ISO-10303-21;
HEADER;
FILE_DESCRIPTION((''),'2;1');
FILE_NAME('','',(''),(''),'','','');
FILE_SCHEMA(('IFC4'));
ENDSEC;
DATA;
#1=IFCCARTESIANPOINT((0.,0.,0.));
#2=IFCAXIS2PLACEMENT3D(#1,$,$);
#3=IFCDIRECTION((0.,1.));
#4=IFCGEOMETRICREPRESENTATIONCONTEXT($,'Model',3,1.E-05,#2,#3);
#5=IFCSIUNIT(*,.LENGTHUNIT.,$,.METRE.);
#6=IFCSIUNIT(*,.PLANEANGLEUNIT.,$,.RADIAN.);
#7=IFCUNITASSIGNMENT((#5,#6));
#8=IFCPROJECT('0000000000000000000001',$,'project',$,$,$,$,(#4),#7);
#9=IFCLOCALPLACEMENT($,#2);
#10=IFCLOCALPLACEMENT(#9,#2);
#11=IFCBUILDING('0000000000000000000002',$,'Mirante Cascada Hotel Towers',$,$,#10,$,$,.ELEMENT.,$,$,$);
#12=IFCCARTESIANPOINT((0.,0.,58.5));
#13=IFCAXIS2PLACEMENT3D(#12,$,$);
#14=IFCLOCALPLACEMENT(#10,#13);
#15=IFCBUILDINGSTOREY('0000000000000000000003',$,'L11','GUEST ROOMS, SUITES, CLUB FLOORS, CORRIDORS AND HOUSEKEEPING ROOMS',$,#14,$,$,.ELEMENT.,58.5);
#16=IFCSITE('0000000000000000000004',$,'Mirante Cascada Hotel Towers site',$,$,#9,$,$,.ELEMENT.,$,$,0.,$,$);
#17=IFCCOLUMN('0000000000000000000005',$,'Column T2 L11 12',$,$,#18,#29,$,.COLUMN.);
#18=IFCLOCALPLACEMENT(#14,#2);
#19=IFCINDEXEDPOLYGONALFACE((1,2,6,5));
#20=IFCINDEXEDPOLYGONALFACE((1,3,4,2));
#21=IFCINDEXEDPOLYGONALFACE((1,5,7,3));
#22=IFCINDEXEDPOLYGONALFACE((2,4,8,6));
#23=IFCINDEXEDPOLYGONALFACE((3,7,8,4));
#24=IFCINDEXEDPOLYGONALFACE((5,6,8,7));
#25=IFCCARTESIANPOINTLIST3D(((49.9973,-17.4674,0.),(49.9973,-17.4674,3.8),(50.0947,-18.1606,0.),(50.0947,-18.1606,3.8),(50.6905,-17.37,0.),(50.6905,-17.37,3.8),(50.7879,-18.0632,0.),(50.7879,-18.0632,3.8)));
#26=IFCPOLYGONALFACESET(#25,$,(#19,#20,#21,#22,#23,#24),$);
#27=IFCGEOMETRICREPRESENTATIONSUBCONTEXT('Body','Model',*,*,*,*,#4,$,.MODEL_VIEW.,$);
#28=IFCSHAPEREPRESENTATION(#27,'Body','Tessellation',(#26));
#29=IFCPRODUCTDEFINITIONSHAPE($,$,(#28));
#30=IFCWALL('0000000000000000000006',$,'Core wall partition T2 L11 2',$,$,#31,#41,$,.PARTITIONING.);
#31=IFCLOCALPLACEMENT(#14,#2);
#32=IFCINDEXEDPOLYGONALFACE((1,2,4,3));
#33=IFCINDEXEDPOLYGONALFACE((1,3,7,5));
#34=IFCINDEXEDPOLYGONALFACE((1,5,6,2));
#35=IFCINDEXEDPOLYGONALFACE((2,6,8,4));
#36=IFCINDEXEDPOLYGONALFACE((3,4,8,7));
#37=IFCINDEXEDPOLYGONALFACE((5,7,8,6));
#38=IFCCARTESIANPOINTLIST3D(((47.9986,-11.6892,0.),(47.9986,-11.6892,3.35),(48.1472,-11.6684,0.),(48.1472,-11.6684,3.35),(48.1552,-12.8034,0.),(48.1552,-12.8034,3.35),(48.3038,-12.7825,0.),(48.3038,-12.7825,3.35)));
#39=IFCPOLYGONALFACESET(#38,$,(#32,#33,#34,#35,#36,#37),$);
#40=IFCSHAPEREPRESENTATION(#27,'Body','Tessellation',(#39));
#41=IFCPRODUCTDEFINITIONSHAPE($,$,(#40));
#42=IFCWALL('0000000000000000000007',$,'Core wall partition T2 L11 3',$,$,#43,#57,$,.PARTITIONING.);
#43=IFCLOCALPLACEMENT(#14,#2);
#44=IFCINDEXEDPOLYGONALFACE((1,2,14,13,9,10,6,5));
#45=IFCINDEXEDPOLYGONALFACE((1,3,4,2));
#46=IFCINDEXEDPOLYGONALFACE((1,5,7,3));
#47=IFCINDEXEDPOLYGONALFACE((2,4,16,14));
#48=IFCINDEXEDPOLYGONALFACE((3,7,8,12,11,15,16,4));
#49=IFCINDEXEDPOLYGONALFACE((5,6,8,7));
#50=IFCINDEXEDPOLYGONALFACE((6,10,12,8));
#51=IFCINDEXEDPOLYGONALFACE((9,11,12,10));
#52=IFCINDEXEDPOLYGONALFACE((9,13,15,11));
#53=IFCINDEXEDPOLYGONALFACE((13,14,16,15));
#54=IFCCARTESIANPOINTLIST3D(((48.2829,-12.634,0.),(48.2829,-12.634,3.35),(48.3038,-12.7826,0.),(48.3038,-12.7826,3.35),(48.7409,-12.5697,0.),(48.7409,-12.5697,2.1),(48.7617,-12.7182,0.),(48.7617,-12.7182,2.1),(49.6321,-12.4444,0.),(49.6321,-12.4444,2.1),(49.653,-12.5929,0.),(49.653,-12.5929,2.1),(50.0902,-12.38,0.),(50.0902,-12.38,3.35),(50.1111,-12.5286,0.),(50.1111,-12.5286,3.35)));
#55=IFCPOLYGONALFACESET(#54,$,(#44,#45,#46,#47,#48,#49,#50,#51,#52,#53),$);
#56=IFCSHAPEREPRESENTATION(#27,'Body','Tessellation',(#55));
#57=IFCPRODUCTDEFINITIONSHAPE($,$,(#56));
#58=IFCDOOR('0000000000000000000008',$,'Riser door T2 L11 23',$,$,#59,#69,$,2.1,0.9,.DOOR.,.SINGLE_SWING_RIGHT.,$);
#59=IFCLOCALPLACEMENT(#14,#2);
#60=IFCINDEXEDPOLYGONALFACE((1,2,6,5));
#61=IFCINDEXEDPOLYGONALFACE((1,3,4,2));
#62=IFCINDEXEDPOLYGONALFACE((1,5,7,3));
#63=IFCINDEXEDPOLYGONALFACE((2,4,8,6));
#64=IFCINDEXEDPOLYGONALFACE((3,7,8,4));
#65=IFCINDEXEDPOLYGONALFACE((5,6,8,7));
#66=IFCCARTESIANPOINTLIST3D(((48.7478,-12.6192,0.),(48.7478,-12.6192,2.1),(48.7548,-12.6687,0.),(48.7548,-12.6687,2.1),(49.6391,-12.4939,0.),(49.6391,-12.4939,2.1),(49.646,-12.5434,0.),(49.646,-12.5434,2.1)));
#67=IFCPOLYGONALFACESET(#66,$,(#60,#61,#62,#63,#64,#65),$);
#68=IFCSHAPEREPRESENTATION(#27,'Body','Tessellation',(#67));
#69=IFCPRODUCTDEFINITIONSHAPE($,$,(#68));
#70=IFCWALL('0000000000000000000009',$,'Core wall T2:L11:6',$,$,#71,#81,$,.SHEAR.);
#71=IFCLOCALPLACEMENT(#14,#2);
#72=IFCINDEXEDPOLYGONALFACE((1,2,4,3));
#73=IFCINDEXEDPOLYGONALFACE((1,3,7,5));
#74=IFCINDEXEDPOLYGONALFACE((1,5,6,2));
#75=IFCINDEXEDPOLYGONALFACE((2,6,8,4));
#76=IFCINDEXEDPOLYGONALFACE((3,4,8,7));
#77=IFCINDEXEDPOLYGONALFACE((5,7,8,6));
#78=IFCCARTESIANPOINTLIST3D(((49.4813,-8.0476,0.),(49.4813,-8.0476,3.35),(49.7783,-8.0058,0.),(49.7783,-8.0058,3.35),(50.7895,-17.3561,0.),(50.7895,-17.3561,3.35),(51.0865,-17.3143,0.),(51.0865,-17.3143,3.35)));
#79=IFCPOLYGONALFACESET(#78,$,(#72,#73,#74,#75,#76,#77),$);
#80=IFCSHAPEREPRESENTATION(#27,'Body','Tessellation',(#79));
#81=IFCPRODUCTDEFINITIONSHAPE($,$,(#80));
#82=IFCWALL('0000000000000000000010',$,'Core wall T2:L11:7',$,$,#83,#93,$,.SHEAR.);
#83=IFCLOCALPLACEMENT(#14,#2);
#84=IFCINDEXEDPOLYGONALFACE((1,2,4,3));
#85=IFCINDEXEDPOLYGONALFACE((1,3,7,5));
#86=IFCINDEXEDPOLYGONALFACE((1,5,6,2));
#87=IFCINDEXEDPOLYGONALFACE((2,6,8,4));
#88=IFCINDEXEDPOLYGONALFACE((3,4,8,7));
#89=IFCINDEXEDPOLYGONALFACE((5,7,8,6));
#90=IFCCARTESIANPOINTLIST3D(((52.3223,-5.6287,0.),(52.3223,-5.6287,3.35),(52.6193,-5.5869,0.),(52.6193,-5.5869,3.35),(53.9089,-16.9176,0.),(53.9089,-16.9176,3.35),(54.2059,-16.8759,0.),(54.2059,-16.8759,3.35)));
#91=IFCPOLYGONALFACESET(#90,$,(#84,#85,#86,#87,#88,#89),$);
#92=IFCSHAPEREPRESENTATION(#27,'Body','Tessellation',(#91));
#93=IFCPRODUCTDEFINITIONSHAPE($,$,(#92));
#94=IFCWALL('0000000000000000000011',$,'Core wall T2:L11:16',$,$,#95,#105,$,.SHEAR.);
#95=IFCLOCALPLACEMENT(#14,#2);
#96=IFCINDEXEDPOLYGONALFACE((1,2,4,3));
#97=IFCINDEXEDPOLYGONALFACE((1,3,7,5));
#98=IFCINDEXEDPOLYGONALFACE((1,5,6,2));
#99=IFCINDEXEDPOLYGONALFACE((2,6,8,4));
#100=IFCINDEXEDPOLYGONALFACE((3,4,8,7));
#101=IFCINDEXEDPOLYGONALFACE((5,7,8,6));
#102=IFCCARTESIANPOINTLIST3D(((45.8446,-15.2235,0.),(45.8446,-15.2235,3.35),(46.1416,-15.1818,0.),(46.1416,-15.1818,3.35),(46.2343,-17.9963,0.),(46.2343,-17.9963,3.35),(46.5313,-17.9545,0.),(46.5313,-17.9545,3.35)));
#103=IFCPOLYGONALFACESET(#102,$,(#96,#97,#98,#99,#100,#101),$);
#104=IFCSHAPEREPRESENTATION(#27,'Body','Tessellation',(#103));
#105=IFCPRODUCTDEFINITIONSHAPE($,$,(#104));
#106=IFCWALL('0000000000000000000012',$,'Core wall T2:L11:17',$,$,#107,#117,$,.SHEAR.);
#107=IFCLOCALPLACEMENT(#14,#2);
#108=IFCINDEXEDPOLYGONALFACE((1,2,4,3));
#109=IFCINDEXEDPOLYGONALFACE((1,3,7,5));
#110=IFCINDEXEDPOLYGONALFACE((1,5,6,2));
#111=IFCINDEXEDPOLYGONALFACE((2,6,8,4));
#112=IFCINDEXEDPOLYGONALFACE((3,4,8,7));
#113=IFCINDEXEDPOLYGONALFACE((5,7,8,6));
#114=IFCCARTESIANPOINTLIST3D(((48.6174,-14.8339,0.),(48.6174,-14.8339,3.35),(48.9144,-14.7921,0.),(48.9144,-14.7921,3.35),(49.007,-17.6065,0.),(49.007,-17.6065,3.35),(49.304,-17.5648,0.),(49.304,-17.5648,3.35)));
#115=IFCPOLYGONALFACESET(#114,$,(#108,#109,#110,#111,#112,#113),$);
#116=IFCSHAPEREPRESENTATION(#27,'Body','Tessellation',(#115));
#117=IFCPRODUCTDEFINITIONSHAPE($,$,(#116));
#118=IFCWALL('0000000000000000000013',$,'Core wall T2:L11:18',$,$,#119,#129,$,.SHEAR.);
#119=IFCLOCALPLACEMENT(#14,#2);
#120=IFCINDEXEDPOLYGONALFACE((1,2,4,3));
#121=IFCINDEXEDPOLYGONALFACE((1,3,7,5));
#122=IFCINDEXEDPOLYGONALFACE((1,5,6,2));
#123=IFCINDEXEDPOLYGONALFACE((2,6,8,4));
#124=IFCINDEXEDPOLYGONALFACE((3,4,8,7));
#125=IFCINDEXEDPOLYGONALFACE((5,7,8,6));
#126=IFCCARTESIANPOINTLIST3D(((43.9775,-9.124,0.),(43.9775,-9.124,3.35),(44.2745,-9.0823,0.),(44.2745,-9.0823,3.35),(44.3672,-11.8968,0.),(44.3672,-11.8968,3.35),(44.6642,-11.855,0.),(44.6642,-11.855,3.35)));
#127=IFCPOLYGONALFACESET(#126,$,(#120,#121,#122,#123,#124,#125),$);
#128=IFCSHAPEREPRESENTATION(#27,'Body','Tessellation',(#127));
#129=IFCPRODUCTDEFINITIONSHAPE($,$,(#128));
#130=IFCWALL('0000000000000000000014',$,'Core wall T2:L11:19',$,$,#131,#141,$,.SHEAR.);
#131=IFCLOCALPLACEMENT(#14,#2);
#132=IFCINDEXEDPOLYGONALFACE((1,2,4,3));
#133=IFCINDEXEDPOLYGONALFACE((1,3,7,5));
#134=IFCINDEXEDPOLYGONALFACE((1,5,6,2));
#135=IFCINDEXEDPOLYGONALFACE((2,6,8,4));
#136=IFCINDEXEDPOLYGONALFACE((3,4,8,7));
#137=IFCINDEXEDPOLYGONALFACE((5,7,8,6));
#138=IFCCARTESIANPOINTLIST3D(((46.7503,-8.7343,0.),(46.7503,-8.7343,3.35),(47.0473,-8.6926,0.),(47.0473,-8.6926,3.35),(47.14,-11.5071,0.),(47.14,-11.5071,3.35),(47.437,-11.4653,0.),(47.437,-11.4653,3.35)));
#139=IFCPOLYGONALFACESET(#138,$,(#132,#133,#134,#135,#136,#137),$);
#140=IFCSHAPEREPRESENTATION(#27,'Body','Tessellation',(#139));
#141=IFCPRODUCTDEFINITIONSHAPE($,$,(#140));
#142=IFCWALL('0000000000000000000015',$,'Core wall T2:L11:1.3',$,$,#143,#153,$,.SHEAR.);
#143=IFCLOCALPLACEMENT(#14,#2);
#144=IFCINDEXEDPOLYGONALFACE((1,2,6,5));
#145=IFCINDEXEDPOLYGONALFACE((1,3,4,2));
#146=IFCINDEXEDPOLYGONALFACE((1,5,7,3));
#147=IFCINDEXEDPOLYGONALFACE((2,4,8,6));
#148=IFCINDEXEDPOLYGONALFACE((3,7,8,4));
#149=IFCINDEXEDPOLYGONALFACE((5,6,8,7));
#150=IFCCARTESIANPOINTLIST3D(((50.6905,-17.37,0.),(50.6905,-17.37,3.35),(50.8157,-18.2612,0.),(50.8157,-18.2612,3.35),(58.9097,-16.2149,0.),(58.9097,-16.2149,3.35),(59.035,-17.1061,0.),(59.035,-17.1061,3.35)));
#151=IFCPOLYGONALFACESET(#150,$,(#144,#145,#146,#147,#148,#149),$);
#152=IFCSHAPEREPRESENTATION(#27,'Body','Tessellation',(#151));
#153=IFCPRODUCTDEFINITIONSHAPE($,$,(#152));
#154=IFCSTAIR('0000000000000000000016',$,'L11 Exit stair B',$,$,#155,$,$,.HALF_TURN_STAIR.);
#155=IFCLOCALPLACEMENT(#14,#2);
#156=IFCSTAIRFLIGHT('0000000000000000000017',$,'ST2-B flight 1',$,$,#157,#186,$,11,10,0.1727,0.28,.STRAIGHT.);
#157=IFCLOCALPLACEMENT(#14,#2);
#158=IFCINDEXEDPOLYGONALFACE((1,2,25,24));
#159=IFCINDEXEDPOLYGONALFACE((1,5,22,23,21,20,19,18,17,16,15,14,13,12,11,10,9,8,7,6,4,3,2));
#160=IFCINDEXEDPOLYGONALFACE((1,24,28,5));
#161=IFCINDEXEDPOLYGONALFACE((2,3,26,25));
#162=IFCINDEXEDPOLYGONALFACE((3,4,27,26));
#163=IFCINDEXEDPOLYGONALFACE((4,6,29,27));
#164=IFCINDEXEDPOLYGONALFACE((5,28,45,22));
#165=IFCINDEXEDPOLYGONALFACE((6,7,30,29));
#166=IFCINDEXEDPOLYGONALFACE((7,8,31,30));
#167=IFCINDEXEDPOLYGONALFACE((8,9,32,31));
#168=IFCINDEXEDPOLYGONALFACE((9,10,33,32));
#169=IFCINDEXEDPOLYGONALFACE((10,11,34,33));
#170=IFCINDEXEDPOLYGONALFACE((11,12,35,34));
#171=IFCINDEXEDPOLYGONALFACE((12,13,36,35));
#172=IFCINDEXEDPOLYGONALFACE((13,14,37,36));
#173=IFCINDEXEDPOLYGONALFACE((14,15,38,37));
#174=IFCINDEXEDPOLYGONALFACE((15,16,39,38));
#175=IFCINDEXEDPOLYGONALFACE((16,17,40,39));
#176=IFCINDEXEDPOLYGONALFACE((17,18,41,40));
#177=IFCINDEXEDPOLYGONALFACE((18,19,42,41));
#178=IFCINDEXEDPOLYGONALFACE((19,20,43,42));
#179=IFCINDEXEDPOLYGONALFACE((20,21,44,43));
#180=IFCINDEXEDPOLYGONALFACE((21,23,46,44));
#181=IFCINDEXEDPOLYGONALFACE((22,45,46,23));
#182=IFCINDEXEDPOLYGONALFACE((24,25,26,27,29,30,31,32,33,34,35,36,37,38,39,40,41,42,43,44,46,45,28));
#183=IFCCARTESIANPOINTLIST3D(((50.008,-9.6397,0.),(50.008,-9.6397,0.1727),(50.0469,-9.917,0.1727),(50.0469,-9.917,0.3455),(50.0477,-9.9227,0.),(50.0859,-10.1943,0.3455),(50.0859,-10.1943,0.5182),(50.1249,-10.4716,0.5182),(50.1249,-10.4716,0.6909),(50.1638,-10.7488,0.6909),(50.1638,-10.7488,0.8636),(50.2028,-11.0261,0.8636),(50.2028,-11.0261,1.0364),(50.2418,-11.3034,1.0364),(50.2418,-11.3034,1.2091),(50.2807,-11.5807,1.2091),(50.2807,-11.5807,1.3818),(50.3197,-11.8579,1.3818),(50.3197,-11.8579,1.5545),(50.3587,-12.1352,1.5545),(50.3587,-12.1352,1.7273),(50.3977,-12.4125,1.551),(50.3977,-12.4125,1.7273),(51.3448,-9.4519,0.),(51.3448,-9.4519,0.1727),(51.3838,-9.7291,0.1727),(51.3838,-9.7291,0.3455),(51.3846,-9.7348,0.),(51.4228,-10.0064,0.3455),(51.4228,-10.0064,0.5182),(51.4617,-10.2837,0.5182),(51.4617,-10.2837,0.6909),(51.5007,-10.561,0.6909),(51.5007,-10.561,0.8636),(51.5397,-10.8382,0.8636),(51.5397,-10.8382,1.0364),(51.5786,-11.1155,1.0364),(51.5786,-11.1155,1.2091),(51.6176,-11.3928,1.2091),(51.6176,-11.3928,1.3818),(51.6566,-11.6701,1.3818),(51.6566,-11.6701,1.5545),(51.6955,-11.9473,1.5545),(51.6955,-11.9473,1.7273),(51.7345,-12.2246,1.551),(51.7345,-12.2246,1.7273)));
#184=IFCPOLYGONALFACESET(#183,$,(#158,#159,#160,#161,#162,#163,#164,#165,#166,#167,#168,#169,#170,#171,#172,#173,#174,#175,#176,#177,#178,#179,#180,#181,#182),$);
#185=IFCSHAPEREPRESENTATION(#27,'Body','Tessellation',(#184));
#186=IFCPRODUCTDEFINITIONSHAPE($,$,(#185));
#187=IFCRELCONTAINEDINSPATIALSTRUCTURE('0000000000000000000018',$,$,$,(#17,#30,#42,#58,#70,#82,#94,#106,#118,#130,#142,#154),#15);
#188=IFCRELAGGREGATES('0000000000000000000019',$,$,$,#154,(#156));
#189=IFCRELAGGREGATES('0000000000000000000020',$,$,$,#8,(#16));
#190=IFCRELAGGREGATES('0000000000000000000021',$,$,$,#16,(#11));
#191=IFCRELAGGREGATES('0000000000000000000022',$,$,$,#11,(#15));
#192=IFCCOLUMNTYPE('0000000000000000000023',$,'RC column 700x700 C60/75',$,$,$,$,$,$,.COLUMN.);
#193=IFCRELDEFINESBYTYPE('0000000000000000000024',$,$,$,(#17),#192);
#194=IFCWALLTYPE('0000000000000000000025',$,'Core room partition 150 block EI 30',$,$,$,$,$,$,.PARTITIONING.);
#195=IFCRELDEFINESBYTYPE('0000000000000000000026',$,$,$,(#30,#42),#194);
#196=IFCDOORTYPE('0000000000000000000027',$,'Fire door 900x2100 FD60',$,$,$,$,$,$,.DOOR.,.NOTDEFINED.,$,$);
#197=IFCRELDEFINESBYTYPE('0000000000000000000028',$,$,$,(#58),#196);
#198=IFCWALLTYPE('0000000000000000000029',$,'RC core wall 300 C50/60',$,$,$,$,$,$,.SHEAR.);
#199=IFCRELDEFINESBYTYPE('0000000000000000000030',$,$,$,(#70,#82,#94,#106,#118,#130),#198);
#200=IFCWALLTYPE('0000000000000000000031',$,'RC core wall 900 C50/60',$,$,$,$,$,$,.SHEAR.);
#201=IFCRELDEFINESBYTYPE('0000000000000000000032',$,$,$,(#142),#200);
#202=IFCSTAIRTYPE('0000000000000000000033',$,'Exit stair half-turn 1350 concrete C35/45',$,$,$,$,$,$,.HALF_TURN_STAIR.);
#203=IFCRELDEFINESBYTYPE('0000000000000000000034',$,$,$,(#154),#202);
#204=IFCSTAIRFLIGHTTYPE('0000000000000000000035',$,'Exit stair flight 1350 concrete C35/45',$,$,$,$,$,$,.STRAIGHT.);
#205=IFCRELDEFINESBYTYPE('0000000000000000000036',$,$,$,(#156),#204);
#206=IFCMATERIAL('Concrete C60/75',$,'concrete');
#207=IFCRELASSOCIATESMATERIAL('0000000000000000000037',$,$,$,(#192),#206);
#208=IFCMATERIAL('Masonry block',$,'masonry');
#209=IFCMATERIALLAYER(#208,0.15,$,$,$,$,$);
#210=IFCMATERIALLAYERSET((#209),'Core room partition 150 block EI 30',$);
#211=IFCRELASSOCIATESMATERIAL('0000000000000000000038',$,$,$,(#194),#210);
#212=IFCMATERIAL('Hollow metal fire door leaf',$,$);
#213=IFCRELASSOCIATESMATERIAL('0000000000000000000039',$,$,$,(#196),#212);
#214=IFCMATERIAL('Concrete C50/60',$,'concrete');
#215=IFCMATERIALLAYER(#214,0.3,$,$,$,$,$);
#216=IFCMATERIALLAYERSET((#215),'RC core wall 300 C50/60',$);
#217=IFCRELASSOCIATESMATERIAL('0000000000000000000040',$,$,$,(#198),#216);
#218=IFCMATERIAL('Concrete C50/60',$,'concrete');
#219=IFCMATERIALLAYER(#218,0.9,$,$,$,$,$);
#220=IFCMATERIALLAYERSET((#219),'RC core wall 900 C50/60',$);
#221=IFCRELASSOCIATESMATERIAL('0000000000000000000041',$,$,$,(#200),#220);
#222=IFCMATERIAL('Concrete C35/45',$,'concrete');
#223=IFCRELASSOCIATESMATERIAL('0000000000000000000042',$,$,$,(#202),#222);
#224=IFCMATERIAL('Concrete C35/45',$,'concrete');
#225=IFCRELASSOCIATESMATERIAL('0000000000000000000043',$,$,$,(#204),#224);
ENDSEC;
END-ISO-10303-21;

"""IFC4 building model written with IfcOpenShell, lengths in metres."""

from ifc_helpers import new_model, si_unit, direction, frame, frame_2d, origin, origin_2d, place, context, subcontext, project, spatial, polyline, rectangle, outline, extrude, material, layer, layer_set, material_profile, profile_set, type_object, element, fill, aggregate, save


model = new_model("IFC4")

# Units and contexts
model_context = context("Model", 3, precision=1e-05, world=origin(), true_north=direction((0.0, 1.0)))
body_context = subcontext(model_context, "Body", "Model", "MODEL_VIEW")
ifc_project = project(units=[si_unit("LENGTHUNIT", "METRE"), si_unit("PLANEANGLEUNIT", "RADIAN")], contexts=[model_context])

# Site, building, storey
site_placement = place(None, origin())
site = spatial("IfcSite", under=ifc_project, at=site_placement, Name="Mirante Cascada Hotel Towers site", CompositionType="ELEMENT", RefElevation=0.0)
building_placement = place(site_placement, origin())
building = spatial("IfcBuilding", under=site, at=building_placement, Name="Mirante Cascada Hotel Towers", CompositionType="ELEMENT")
storey_placement = place(building_placement, frame((0.0, 0.0, 58.5)))
storey = spatial("IfcBuildingStorey", under=building, at=storey_placement, Name="L11", Description="GUEST ROOMS, SUITES, CLUB FLOORS, CORRIDORS AND HOUSEKEEPING ROOMS", CompositionType="ELEMENT", Elevation=58.5)

# Column
ifc_material_1 = material(Name="Concrete C60/75", Category="concrete")
ifc_material_profile = material_profile(ifc_material_1, rectangle(XDim=0.7, YDim=0.7, at=origin_2d()), Name="RC column 700x700 C60/75")
ifc_profile_set = profile_set([ifc_material_profile], Name="Concrete C60/75")
column_type = type_object("IfcColumnType", Name="RC column 700x700 C60/75", PredefinedType="COLUMN", material=ifc_profile_set)
column_placement = place(storey_placement, frame((50.3926, -17.7653, 0.0), z_axis=(0.0, 0.0, 1.0), x_axis=(0.990268, 0.139173, 0.0)))
element("IfcColumn", 1, at=column_placement, inside=storey, type_object=column_type, Name="Column T2 L11 12", PredefinedType="COLUMN", context=body_context, shape_type="SweptSolid", body=[
    extrude(rectangle(XDim=0.7, YDim=0.7, at=origin_2d()), origin(), (0.0, 0.0, 1.0), 3.8),
])

# Wall
ifc_material_2 = material(Name="Masonry block", Category="masonry")
ifc_layer_1 = layer(ifc_material_2, 0.15)
ifc_layer_set_1 = layer_set([ifc_layer_1], Name="Core room partition 150 block EI 30")
wall_type_1 = type_object("IfcWallType", Name="Core room partition 150 block EI 30", PredefinedType="PARTITIONING", material=ifc_layer_set_1)
wall_1_placement = place(storey_placement, frame((48.2295, -12.793, 0.0), z_axis=(0.0, 0.0, 1.0), x_axis=(-0.139193, 0.990265, 0.0)))
element("IfcWall", 2, at=wall_1_placement, inside=storey, type_object=wall_type_1, Name="Core wall partition T2 L11 2", PredefinedType="PARTITIONING", context=body_context, shape_type="SweptSolid", body=[
    extrude(rectangle(XDim=1.1251, YDim=0.15, at=frame_2d((0.5626, 0.0))), origin(), (0.0, 0.0, 1.0), 3.35),
])

# Wall, opening, door
wall_2_placement = place(storey_placement, frame((48.2933, -12.7083, 0.0), z_axis=(0.0, 0.0, 1.0), x_axis=(0.990268, 0.139173, 0.0)))
wall_2 = element("IfcWall", 3, at=wall_2_placement, inside=storey, type_object=wall_type_1, Name="Core wall partition T2 L11 3", PredefinedType="PARTITIONING", context=body_context, shape_type="SweptSolid", body=[
    extrude(rectangle(XDim=1.8251, YDim=0.15, at=frame_2d((0.9126, 0.0))), origin(), (0.0, 0.0, 1.0), 3.35),
])
opening_1_placement = place(wall_2_placement, frame((0.4625, 0.0, 0.0)))
opening_1 = element("IfcOpeningElement", 4, at=opening_1_placement, cuts=wall_2, PredefinedType="OPENING", context=body_context, shape_type="SweptSolid", body=[
    extrude(rectangle(XDim=0.9, YDim=2.1, at=frame_2d((0.45, 1.05))), frame((0.0, 0.075, 0.0), z_axis=(0.0, -1.0, 0.0), x_axis=(1.0, 0.0, 0.0)), (0.0, 0.0, 1.0), 0.15),
])
ifc_material_3 = material(Name="Hollow metal fire door leaf")
door_type_1 = type_object("IfcDoorType", Name="Fire door 900x2100 FD60", OperationType="NOTDEFINED", PredefinedType="DOOR", material=ifc_material_3)
door_1_placement = place(opening_1_placement, frame((0.9, 0.0, 0.0), z_axis=(0.0, 0.0, 1.0), x_axis=(-1.0, 0.0, 0.0)))
door_1 = element("IfcDoor", 5, at=door_1_placement, inside=storey, type_object=door_type_1, Name="Riser door T2 L11 23", OperationType="SINGLE_SWING_RIGHT", OverallHeight=2.1, OverallWidth=0.9, PredefinedType="DOOR", context=body_context, shape_type="SweptSolid", body=[
    extrude(rectangle(XDim=0.9, YDim=2.1, at=frame_2d((0.45, 1.05))), frame((0.0, 0.025, 0.0), z_axis=(0.0, -1.0, 0.0), x_axis=(1.0, 0.0, 0.0)), (0.0, 0.0, 1.0), 0.05),
])
fill(opening_1, door_1)

# Walls
ifc_material_4 = material(Name="Concrete C50/60", Category="concrete")
ifc_layer_2 = layer(ifc_material_4, 0.3)
ifc_layer_set_2 = layer_set([ifc_layer_2], Name="RC core wall 300 C50/60")
wall_type_2 = type_object("IfcWallType", Name="RC core wall 300 C50/60", PredefinedType="SHEAR", material=ifc_layer_set_2)
wall_3_placement = place(storey_placement, frame((50.938, -17.3352, 0.0), z_axis=(0.0, 0.0, 1.0), x_axis=(-0.139171, 0.990268, 0.0)))
element("IfcWall", 6, at=wall_3_placement, inside=storey, type_object=wall_type_2, Name="Core wall T2:L11:6", PredefinedType="SHEAR", context=body_context, shape_type="SweptSolid", body=[
    extrude(rectangle(XDim=9.4, YDim=0.3, at=frame_2d((4.7, 0.0))), origin(), (0.0, 0.0, 1.0), 3.35),
])
wall_4_placement = place(storey_placement, frame((54.0574, -16.8968, 0.0), z_axis=(0.0, 0.0, 1.0), x_axis=(-0.139176, 0.990268, 0.0)))
element("IfcWall", 7, at=wall_4_placement, inside=storey, type_object=wall_type_2, Name="Core wall T2:L11:7", PredefinedType="SHEAR", context=body_context, shape_type="SweptSolid", body=[
    extrude(rectangle(XDim=11.3999, YDim=0.3, at=frame_2d((5.7, 0.0))), origin(), (0.0, 0.0, 1.0), 3.35),
])
wall_5_placement = place(storey_placement, frame((46.3828, -17.9754, 0.0), z_axis=(0.0, 0.0, 1.0), x_axis=(-0.139181, 0.990267, 0.0)))
element("IfcWall", 8, at=wall_5_placement, inside=storey, type_object=wall_type_2, Name="Core wall T2:L11:16", PredefinedType="SHEAR", context=body_context, shape_type="SweptSolid", body=[
    extrude(rectangle(XDim=2.8, YDim=0.3, at=frame_2d((1.4, 0.0))), origin(), (0.0, 0.0, 1.0), 3.35),
])
wall_6_placement = place(storey_placement, frame((49.1555, -17.5857, 0.0), z_axis=(0.0, 0.0, 1.0), x_axis=(-0.139146, 0.990272, 0.0)))
element("IfcWall", 9, at=wall_6_placement, inside=storey, type_object=wall_type_2, Name="Core wall T2:L11:17", PredefinedType="SHEAR", context=body_context, shape_type="SweptSolid", body=[
    extrude(rectangle(XDim=2.7999, YDim=0.3, at=frame_2d((1.4, 0.0))), origin(), (0.0, 0.0, 1.0), 3.35),
])
for number, where, z_axis, x_axis, name in (
    (10, (44.5157, -11.8759, 0.0), (0.0, 0.0, 1.0), (-0.139181, 0.990267, 0.0), "Core wall T2:L11:18"),
    (11, (47.2885, -11.4862, 0.0), (0.0, 0.0, 1.0), (-0.139181, 0.990267, 0.0), "Core wall T2:L11:19"),
):
    element("IfcWall", number, at=place(storey_placement, frame(where, z_axis=z_axis, x_axis=x_axis)), inside=storey, type_object=wall_type_2, Name=name, PredefinedType="SHEAR", context=body_context, shape_type="SweptSolid", body=[
        extrude(rectangle(XDim=2.8, YDim=0.3, at=frame_2d((1.4, 0.0))), origin(), (0.0, 0.0, 1.0), 3.35),
    ])

# Wall
ifc_material_5 = material(Name="Concrete C50/60", Category="concrete")
ifc_layer_3 = layer(ifc_material_5, 0.9)
ifc_layer_set_3 = layer_set([ifc_layer_3], Name="RC core wall 900 C50/60")
wall_type_3 = type_object("IfcWallType", Name="RC core wall 900 C50/60", PredefinedType="SHEAR", material=ifc_layer_set_3)
wall_7_placement = place(storey_placement, frame((50.7531, -17.8156, 0.0), z_axis=(0.0, 0.0, 1.0), x_axis=(0.990269, 0.139169, 0.0)))
element("IfcWall", 12, at=wall_7_placement, inside=storey, type_object=wall_type_3, Name="Core wall T2:L11:1.3", PredefinedType="SHEAR", context=body_context, shape_type="SweptSolid", body=[
    extrude(rectangle(XDim=8.3, YDim=0.9, at=frame_2d((4.15, 0.0))), origin(), (0.0, 0.0, 1.0), 3.35),
])

# Stair, stair flight
ifc_material_6 = material(Name="Concrete C35/45", Category="concrete")
stair_type = type_object("IfcStairType", Name="Exit stair half-turn 1350 concrete C35/45", PredefinedType="HALF_TURN_STAIR", material=ifc_material_6)
stair_placement = place(storey_placement, origin())
stair = element("IfcStair", 13, at=stair_placement, inside=storey, type_object=stair_type, Name="L11 Exit stair B", PredefinedType="HALF_TURN_STAIR")
ifc_material_7 = material(Name="Concrete C35/45", Category="concrete")
stair_flight_type = type_object("IfcStairFlightType", Name="Exit stair flight 1350 concrete C35/45", PredefinedType="STRAIGHT", material=ifc_material_7)
stair_flight_1_placement = place(storey_placement, frame((50.6764, -9.5458, 0.0), z_axis=(0.0, 0.0, 1.0), x_axis=(0.139173, -0.990268, 0.0)))
stair_flight_1 = element("IfcStairFlight", 14, at=stair_flight_1_placement, type_object=stair_flight_type, Name="ST2-B flight 1", NumberOfRisers=11, NumberOfTreads=10, PredefinedType="STRAIGHT", RiserHeight=0.1727, TreadLength=0.28, context=body_context, shape_type="SweptSolid", body=[
    extrude(outline(polyline([(0.0, 0.0), (0.0, 0.1727), (0.28, 0.1727), (0.28, 0.3455), (0.56, 0.3455), (0.56, 0.5182), (0.84, 0.5182), (0.84, 0.6909), (1.12, 0.6909), (1.12, 0.8636), (1.4, 0.8636), (1.4, 1.0364), (1.68, 1.0364), (1.68, 1.2091), (1.96, 1.2091), (1.96, 1.3818), (2.24, 1.3818), (2.24, 1.5545), (2.52, 1.5545), (2.52, 1.7273), (2.8, 1.7273), (2.8, 1.9), (2.8, 1.551), (0.2857, 0.0), (0.0, 0.0)])), frame((0.0, 0.675, 0.0), z_axis=(0.0, -1.0, 0.0), x_axis=(1.0, 0.0, 0.0)), (0.0, 0.0, 1.0), 1.35),
])
aggregate(stair, [stair_flight_1])

save(model, "model.ifc")
